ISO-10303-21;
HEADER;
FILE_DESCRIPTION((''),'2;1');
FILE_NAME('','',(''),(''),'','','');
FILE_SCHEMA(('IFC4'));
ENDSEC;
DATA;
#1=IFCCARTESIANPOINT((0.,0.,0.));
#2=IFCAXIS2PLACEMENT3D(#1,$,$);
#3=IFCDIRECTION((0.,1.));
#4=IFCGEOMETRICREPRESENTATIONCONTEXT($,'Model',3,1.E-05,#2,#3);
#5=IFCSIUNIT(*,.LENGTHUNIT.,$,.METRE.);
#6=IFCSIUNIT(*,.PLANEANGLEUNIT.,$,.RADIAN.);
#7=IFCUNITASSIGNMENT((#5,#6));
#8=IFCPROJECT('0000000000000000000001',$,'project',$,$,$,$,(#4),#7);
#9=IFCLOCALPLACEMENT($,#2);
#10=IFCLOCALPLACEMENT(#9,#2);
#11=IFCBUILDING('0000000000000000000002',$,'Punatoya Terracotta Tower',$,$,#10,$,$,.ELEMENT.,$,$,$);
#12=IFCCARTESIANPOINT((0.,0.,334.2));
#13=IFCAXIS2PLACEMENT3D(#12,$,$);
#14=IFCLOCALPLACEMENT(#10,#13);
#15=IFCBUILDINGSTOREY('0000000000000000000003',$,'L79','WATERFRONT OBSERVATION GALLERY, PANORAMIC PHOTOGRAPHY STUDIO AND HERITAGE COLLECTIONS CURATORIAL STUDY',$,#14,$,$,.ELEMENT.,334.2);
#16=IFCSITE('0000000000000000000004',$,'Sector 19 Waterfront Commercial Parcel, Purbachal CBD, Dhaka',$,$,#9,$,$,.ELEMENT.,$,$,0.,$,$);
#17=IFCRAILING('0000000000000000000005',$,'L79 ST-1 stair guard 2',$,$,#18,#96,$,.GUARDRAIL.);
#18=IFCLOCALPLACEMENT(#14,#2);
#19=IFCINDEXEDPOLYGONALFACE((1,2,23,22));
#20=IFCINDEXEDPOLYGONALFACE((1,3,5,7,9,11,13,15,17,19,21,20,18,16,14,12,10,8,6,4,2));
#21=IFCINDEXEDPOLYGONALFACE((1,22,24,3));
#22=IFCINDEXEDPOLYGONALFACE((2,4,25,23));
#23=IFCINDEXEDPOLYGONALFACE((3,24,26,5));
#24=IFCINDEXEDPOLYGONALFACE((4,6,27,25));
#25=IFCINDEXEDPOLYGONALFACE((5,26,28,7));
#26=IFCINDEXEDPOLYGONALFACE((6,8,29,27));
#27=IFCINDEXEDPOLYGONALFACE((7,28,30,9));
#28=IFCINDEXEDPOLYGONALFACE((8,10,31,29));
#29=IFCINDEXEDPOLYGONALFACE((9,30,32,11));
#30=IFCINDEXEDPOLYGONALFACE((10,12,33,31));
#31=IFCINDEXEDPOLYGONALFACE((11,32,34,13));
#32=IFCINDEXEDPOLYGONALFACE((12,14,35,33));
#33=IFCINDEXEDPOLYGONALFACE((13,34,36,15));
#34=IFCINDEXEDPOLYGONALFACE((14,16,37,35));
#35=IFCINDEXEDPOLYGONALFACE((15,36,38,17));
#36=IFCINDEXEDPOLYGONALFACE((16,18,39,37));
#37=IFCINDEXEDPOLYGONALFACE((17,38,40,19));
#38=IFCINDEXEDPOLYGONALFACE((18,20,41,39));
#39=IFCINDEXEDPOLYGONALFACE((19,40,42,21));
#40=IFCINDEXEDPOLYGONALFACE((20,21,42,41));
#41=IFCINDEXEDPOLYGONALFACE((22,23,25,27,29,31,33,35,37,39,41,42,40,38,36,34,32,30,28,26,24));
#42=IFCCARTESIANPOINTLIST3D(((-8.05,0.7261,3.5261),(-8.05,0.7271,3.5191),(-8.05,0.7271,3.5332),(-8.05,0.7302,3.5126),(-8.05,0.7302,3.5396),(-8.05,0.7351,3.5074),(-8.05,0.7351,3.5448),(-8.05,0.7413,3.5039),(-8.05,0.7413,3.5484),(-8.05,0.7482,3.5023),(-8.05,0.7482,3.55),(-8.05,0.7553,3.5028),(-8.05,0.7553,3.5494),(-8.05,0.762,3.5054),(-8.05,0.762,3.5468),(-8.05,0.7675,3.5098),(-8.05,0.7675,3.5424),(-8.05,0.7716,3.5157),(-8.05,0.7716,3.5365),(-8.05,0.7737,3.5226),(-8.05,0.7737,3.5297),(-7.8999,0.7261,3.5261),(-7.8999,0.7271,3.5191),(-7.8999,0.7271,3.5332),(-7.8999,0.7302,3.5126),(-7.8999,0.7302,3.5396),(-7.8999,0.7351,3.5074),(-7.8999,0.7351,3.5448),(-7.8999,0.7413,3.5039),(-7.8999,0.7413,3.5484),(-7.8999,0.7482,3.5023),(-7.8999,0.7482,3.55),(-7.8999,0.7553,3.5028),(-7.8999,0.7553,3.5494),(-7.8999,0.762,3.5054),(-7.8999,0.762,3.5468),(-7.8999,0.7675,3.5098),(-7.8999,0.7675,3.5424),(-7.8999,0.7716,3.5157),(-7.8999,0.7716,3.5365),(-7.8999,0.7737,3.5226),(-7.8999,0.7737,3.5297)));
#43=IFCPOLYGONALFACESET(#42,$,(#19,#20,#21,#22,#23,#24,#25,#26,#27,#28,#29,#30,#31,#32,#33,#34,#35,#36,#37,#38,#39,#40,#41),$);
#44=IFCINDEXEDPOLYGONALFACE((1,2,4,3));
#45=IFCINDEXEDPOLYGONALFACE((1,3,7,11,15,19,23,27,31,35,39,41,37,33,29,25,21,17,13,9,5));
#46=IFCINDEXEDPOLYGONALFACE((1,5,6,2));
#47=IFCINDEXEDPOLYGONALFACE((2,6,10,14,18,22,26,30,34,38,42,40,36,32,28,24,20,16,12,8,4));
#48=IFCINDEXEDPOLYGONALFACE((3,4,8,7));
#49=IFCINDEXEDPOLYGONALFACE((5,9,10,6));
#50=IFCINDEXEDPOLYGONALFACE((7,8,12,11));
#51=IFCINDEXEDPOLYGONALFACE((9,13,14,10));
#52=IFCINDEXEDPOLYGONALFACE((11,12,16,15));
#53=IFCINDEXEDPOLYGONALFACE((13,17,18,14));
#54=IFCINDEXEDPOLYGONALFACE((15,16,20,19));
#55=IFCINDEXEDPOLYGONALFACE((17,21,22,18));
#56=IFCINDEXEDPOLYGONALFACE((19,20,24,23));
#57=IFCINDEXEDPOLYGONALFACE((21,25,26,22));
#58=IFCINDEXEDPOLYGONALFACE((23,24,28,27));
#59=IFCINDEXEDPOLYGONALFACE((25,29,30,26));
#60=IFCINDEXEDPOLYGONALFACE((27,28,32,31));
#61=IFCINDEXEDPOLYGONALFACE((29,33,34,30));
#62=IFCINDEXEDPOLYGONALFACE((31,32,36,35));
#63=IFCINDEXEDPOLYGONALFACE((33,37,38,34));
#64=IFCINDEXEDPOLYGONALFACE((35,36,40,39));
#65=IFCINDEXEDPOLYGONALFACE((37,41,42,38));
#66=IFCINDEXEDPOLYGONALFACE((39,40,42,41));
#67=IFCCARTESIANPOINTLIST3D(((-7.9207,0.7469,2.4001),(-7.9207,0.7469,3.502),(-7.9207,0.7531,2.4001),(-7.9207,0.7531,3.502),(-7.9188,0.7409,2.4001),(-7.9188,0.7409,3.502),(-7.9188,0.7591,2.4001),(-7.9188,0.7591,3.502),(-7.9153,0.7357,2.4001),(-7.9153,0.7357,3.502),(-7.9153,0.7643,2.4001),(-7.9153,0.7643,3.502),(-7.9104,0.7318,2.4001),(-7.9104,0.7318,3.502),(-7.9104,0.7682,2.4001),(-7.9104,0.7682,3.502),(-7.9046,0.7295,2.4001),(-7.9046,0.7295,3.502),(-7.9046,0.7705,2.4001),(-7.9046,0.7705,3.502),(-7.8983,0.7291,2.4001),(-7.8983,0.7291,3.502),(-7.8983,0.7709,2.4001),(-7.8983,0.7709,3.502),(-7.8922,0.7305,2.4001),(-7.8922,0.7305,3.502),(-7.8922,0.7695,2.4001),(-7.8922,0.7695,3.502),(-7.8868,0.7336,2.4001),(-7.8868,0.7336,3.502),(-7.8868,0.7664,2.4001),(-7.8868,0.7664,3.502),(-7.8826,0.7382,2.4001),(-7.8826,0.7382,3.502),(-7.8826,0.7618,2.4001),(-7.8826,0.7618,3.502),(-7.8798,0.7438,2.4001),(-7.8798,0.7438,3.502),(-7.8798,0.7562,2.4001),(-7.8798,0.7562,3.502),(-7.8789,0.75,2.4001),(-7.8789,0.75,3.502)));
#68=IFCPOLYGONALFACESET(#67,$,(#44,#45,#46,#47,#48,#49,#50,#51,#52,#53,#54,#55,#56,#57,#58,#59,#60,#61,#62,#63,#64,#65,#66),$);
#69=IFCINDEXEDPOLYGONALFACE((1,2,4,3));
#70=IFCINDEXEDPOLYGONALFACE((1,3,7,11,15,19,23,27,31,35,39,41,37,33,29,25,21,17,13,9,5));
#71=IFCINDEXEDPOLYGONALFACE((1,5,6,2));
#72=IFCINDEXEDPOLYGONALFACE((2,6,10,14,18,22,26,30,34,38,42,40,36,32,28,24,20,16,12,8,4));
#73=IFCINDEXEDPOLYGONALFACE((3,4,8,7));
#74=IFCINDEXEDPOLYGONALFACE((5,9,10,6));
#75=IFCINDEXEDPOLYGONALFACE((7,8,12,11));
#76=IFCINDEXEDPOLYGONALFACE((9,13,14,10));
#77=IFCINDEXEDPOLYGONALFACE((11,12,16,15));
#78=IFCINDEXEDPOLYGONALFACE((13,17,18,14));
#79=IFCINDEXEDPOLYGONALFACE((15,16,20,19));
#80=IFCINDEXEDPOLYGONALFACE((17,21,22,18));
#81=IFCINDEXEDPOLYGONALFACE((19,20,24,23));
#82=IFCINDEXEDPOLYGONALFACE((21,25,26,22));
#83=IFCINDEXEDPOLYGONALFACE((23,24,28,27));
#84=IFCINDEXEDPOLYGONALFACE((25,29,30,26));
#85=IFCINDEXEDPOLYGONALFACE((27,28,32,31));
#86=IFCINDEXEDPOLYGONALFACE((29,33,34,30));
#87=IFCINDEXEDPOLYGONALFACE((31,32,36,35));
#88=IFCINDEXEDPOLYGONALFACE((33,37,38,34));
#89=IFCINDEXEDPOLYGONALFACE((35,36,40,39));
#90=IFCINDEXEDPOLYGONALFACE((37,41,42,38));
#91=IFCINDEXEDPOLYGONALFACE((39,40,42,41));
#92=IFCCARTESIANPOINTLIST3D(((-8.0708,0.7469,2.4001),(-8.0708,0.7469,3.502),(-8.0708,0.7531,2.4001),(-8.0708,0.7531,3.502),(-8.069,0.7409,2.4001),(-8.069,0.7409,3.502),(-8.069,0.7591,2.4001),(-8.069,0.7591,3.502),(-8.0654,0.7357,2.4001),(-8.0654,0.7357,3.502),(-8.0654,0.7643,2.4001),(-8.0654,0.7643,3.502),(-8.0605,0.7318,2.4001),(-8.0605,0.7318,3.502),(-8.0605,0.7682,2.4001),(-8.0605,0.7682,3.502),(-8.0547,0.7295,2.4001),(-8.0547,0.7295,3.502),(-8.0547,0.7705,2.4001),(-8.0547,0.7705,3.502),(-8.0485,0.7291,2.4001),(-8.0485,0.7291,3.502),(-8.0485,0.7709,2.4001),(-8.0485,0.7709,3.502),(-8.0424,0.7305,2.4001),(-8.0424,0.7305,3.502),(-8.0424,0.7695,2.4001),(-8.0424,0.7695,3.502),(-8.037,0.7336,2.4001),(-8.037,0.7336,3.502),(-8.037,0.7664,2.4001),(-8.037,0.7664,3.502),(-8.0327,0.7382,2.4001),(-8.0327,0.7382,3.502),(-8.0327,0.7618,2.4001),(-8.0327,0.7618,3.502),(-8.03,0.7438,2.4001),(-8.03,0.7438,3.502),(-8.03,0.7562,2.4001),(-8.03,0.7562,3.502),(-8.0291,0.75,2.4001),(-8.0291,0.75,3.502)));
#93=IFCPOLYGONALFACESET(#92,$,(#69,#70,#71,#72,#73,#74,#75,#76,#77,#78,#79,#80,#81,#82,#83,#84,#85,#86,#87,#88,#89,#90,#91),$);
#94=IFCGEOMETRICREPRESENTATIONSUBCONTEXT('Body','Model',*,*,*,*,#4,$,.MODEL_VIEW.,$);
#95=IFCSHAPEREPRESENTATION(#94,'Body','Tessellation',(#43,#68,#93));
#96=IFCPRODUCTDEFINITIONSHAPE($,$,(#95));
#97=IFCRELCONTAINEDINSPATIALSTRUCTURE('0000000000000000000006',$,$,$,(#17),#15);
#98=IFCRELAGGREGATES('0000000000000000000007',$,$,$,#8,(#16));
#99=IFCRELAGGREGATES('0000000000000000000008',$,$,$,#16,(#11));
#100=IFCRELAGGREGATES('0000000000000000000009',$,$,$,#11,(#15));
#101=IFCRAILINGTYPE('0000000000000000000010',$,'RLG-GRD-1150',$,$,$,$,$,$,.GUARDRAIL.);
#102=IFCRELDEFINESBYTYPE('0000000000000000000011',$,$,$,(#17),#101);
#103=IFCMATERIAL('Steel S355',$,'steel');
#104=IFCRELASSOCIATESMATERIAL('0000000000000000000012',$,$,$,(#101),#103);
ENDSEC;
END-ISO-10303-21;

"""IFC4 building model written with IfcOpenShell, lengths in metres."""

from ifc_helpers import new_model, si_unit, direction, frame, origin, origin_2d, place, context, subcontext, project, spatial, circle, extrude, material, type_object, element, save


model = new_model("IFC4")

# Units and contexts
model_context = context("Model", 3, precision=1e-05, world=origin(), true_north=direction((0.0, 1.0)))
body_context = subcontext(model_context, "Body", "Model", "MODEL_VIEW")
ifc_project = project(units=[si_unit("LENGTHUNIT", "METRE"), si_unit("PLANEANGLEUNIT", "RADIAN")], contexts=[model_context])

# Site, building, storey
site_placement = place(None, origin())
site = spatial("IfcSite", under=ifc_project, at=site_placement, Name="Sector 19 Waterfront Commercial Parcel, Purbachal CBD, Dhaka", CompositionType="ELEMENT", RefElevation=0.0)
building_placement = place(site_placement, origin())
building = spatial("IfcBuilding", under=site, at=building_placement, Name="Punatoya Terracotta Tower", CompositionType="ELEMENT")
storey_placement = place(building_placement, frame((0.0, 0.0, 334.2)))
storey = spatial("IfcBuildingStorey", under=building, at=storey_placement, Name="L79", Description="WATERFRONT OBSERVATION GALLERY, PANORAMIC PHOTOGRAPHY STUDIO AND HERITAGE COLLECTIONS CURATORIAL STUDY", CompositionType="ELEMENT", Elevation=334.2)

# Shared definitions
ifc_material_1 = material(Name="Steel S355", Category="steel")

# Railing
railing_type_1 = type_object("IfcRailingType", Name="RLG-GRD-1150", PredefinedType="GUARDRAIL", material=ifc_material_1)
railing_1_placement = place(storey_placement, frame((-7.8999, 0.75, 2.4001)))
element("IfcRailing", 1, at=railing_1_placement, inside=storey, type_object=railing_type_1, Name="L79 ST-1 stair guard 2", PredefinedType="GUARDRAIL", context=body_context, shape_type="SweptSolid", body=[
    extrude(circle(Radius=0.0239, at=origin_2d()), frame((0.0, 0.0, 1.126), z_axis=(-1.0, 0.0, 0.0), x_axis=(0.0, -1.0, 0.0)), (0.0, 0.0, 1.0), 0.1501),
    extrude(circle(Radius=0.021, at=origin_2d()), origin(), (0.0, 0.0, 1.0), 1.1018),
    extrude(circle(Radius=0.021, at=origin_2d()), frame((-0.1501, 0.0, 0.0)), (0.0, 0.0, 1.0), 1.1018),
])

save(model, "model.ifc")
